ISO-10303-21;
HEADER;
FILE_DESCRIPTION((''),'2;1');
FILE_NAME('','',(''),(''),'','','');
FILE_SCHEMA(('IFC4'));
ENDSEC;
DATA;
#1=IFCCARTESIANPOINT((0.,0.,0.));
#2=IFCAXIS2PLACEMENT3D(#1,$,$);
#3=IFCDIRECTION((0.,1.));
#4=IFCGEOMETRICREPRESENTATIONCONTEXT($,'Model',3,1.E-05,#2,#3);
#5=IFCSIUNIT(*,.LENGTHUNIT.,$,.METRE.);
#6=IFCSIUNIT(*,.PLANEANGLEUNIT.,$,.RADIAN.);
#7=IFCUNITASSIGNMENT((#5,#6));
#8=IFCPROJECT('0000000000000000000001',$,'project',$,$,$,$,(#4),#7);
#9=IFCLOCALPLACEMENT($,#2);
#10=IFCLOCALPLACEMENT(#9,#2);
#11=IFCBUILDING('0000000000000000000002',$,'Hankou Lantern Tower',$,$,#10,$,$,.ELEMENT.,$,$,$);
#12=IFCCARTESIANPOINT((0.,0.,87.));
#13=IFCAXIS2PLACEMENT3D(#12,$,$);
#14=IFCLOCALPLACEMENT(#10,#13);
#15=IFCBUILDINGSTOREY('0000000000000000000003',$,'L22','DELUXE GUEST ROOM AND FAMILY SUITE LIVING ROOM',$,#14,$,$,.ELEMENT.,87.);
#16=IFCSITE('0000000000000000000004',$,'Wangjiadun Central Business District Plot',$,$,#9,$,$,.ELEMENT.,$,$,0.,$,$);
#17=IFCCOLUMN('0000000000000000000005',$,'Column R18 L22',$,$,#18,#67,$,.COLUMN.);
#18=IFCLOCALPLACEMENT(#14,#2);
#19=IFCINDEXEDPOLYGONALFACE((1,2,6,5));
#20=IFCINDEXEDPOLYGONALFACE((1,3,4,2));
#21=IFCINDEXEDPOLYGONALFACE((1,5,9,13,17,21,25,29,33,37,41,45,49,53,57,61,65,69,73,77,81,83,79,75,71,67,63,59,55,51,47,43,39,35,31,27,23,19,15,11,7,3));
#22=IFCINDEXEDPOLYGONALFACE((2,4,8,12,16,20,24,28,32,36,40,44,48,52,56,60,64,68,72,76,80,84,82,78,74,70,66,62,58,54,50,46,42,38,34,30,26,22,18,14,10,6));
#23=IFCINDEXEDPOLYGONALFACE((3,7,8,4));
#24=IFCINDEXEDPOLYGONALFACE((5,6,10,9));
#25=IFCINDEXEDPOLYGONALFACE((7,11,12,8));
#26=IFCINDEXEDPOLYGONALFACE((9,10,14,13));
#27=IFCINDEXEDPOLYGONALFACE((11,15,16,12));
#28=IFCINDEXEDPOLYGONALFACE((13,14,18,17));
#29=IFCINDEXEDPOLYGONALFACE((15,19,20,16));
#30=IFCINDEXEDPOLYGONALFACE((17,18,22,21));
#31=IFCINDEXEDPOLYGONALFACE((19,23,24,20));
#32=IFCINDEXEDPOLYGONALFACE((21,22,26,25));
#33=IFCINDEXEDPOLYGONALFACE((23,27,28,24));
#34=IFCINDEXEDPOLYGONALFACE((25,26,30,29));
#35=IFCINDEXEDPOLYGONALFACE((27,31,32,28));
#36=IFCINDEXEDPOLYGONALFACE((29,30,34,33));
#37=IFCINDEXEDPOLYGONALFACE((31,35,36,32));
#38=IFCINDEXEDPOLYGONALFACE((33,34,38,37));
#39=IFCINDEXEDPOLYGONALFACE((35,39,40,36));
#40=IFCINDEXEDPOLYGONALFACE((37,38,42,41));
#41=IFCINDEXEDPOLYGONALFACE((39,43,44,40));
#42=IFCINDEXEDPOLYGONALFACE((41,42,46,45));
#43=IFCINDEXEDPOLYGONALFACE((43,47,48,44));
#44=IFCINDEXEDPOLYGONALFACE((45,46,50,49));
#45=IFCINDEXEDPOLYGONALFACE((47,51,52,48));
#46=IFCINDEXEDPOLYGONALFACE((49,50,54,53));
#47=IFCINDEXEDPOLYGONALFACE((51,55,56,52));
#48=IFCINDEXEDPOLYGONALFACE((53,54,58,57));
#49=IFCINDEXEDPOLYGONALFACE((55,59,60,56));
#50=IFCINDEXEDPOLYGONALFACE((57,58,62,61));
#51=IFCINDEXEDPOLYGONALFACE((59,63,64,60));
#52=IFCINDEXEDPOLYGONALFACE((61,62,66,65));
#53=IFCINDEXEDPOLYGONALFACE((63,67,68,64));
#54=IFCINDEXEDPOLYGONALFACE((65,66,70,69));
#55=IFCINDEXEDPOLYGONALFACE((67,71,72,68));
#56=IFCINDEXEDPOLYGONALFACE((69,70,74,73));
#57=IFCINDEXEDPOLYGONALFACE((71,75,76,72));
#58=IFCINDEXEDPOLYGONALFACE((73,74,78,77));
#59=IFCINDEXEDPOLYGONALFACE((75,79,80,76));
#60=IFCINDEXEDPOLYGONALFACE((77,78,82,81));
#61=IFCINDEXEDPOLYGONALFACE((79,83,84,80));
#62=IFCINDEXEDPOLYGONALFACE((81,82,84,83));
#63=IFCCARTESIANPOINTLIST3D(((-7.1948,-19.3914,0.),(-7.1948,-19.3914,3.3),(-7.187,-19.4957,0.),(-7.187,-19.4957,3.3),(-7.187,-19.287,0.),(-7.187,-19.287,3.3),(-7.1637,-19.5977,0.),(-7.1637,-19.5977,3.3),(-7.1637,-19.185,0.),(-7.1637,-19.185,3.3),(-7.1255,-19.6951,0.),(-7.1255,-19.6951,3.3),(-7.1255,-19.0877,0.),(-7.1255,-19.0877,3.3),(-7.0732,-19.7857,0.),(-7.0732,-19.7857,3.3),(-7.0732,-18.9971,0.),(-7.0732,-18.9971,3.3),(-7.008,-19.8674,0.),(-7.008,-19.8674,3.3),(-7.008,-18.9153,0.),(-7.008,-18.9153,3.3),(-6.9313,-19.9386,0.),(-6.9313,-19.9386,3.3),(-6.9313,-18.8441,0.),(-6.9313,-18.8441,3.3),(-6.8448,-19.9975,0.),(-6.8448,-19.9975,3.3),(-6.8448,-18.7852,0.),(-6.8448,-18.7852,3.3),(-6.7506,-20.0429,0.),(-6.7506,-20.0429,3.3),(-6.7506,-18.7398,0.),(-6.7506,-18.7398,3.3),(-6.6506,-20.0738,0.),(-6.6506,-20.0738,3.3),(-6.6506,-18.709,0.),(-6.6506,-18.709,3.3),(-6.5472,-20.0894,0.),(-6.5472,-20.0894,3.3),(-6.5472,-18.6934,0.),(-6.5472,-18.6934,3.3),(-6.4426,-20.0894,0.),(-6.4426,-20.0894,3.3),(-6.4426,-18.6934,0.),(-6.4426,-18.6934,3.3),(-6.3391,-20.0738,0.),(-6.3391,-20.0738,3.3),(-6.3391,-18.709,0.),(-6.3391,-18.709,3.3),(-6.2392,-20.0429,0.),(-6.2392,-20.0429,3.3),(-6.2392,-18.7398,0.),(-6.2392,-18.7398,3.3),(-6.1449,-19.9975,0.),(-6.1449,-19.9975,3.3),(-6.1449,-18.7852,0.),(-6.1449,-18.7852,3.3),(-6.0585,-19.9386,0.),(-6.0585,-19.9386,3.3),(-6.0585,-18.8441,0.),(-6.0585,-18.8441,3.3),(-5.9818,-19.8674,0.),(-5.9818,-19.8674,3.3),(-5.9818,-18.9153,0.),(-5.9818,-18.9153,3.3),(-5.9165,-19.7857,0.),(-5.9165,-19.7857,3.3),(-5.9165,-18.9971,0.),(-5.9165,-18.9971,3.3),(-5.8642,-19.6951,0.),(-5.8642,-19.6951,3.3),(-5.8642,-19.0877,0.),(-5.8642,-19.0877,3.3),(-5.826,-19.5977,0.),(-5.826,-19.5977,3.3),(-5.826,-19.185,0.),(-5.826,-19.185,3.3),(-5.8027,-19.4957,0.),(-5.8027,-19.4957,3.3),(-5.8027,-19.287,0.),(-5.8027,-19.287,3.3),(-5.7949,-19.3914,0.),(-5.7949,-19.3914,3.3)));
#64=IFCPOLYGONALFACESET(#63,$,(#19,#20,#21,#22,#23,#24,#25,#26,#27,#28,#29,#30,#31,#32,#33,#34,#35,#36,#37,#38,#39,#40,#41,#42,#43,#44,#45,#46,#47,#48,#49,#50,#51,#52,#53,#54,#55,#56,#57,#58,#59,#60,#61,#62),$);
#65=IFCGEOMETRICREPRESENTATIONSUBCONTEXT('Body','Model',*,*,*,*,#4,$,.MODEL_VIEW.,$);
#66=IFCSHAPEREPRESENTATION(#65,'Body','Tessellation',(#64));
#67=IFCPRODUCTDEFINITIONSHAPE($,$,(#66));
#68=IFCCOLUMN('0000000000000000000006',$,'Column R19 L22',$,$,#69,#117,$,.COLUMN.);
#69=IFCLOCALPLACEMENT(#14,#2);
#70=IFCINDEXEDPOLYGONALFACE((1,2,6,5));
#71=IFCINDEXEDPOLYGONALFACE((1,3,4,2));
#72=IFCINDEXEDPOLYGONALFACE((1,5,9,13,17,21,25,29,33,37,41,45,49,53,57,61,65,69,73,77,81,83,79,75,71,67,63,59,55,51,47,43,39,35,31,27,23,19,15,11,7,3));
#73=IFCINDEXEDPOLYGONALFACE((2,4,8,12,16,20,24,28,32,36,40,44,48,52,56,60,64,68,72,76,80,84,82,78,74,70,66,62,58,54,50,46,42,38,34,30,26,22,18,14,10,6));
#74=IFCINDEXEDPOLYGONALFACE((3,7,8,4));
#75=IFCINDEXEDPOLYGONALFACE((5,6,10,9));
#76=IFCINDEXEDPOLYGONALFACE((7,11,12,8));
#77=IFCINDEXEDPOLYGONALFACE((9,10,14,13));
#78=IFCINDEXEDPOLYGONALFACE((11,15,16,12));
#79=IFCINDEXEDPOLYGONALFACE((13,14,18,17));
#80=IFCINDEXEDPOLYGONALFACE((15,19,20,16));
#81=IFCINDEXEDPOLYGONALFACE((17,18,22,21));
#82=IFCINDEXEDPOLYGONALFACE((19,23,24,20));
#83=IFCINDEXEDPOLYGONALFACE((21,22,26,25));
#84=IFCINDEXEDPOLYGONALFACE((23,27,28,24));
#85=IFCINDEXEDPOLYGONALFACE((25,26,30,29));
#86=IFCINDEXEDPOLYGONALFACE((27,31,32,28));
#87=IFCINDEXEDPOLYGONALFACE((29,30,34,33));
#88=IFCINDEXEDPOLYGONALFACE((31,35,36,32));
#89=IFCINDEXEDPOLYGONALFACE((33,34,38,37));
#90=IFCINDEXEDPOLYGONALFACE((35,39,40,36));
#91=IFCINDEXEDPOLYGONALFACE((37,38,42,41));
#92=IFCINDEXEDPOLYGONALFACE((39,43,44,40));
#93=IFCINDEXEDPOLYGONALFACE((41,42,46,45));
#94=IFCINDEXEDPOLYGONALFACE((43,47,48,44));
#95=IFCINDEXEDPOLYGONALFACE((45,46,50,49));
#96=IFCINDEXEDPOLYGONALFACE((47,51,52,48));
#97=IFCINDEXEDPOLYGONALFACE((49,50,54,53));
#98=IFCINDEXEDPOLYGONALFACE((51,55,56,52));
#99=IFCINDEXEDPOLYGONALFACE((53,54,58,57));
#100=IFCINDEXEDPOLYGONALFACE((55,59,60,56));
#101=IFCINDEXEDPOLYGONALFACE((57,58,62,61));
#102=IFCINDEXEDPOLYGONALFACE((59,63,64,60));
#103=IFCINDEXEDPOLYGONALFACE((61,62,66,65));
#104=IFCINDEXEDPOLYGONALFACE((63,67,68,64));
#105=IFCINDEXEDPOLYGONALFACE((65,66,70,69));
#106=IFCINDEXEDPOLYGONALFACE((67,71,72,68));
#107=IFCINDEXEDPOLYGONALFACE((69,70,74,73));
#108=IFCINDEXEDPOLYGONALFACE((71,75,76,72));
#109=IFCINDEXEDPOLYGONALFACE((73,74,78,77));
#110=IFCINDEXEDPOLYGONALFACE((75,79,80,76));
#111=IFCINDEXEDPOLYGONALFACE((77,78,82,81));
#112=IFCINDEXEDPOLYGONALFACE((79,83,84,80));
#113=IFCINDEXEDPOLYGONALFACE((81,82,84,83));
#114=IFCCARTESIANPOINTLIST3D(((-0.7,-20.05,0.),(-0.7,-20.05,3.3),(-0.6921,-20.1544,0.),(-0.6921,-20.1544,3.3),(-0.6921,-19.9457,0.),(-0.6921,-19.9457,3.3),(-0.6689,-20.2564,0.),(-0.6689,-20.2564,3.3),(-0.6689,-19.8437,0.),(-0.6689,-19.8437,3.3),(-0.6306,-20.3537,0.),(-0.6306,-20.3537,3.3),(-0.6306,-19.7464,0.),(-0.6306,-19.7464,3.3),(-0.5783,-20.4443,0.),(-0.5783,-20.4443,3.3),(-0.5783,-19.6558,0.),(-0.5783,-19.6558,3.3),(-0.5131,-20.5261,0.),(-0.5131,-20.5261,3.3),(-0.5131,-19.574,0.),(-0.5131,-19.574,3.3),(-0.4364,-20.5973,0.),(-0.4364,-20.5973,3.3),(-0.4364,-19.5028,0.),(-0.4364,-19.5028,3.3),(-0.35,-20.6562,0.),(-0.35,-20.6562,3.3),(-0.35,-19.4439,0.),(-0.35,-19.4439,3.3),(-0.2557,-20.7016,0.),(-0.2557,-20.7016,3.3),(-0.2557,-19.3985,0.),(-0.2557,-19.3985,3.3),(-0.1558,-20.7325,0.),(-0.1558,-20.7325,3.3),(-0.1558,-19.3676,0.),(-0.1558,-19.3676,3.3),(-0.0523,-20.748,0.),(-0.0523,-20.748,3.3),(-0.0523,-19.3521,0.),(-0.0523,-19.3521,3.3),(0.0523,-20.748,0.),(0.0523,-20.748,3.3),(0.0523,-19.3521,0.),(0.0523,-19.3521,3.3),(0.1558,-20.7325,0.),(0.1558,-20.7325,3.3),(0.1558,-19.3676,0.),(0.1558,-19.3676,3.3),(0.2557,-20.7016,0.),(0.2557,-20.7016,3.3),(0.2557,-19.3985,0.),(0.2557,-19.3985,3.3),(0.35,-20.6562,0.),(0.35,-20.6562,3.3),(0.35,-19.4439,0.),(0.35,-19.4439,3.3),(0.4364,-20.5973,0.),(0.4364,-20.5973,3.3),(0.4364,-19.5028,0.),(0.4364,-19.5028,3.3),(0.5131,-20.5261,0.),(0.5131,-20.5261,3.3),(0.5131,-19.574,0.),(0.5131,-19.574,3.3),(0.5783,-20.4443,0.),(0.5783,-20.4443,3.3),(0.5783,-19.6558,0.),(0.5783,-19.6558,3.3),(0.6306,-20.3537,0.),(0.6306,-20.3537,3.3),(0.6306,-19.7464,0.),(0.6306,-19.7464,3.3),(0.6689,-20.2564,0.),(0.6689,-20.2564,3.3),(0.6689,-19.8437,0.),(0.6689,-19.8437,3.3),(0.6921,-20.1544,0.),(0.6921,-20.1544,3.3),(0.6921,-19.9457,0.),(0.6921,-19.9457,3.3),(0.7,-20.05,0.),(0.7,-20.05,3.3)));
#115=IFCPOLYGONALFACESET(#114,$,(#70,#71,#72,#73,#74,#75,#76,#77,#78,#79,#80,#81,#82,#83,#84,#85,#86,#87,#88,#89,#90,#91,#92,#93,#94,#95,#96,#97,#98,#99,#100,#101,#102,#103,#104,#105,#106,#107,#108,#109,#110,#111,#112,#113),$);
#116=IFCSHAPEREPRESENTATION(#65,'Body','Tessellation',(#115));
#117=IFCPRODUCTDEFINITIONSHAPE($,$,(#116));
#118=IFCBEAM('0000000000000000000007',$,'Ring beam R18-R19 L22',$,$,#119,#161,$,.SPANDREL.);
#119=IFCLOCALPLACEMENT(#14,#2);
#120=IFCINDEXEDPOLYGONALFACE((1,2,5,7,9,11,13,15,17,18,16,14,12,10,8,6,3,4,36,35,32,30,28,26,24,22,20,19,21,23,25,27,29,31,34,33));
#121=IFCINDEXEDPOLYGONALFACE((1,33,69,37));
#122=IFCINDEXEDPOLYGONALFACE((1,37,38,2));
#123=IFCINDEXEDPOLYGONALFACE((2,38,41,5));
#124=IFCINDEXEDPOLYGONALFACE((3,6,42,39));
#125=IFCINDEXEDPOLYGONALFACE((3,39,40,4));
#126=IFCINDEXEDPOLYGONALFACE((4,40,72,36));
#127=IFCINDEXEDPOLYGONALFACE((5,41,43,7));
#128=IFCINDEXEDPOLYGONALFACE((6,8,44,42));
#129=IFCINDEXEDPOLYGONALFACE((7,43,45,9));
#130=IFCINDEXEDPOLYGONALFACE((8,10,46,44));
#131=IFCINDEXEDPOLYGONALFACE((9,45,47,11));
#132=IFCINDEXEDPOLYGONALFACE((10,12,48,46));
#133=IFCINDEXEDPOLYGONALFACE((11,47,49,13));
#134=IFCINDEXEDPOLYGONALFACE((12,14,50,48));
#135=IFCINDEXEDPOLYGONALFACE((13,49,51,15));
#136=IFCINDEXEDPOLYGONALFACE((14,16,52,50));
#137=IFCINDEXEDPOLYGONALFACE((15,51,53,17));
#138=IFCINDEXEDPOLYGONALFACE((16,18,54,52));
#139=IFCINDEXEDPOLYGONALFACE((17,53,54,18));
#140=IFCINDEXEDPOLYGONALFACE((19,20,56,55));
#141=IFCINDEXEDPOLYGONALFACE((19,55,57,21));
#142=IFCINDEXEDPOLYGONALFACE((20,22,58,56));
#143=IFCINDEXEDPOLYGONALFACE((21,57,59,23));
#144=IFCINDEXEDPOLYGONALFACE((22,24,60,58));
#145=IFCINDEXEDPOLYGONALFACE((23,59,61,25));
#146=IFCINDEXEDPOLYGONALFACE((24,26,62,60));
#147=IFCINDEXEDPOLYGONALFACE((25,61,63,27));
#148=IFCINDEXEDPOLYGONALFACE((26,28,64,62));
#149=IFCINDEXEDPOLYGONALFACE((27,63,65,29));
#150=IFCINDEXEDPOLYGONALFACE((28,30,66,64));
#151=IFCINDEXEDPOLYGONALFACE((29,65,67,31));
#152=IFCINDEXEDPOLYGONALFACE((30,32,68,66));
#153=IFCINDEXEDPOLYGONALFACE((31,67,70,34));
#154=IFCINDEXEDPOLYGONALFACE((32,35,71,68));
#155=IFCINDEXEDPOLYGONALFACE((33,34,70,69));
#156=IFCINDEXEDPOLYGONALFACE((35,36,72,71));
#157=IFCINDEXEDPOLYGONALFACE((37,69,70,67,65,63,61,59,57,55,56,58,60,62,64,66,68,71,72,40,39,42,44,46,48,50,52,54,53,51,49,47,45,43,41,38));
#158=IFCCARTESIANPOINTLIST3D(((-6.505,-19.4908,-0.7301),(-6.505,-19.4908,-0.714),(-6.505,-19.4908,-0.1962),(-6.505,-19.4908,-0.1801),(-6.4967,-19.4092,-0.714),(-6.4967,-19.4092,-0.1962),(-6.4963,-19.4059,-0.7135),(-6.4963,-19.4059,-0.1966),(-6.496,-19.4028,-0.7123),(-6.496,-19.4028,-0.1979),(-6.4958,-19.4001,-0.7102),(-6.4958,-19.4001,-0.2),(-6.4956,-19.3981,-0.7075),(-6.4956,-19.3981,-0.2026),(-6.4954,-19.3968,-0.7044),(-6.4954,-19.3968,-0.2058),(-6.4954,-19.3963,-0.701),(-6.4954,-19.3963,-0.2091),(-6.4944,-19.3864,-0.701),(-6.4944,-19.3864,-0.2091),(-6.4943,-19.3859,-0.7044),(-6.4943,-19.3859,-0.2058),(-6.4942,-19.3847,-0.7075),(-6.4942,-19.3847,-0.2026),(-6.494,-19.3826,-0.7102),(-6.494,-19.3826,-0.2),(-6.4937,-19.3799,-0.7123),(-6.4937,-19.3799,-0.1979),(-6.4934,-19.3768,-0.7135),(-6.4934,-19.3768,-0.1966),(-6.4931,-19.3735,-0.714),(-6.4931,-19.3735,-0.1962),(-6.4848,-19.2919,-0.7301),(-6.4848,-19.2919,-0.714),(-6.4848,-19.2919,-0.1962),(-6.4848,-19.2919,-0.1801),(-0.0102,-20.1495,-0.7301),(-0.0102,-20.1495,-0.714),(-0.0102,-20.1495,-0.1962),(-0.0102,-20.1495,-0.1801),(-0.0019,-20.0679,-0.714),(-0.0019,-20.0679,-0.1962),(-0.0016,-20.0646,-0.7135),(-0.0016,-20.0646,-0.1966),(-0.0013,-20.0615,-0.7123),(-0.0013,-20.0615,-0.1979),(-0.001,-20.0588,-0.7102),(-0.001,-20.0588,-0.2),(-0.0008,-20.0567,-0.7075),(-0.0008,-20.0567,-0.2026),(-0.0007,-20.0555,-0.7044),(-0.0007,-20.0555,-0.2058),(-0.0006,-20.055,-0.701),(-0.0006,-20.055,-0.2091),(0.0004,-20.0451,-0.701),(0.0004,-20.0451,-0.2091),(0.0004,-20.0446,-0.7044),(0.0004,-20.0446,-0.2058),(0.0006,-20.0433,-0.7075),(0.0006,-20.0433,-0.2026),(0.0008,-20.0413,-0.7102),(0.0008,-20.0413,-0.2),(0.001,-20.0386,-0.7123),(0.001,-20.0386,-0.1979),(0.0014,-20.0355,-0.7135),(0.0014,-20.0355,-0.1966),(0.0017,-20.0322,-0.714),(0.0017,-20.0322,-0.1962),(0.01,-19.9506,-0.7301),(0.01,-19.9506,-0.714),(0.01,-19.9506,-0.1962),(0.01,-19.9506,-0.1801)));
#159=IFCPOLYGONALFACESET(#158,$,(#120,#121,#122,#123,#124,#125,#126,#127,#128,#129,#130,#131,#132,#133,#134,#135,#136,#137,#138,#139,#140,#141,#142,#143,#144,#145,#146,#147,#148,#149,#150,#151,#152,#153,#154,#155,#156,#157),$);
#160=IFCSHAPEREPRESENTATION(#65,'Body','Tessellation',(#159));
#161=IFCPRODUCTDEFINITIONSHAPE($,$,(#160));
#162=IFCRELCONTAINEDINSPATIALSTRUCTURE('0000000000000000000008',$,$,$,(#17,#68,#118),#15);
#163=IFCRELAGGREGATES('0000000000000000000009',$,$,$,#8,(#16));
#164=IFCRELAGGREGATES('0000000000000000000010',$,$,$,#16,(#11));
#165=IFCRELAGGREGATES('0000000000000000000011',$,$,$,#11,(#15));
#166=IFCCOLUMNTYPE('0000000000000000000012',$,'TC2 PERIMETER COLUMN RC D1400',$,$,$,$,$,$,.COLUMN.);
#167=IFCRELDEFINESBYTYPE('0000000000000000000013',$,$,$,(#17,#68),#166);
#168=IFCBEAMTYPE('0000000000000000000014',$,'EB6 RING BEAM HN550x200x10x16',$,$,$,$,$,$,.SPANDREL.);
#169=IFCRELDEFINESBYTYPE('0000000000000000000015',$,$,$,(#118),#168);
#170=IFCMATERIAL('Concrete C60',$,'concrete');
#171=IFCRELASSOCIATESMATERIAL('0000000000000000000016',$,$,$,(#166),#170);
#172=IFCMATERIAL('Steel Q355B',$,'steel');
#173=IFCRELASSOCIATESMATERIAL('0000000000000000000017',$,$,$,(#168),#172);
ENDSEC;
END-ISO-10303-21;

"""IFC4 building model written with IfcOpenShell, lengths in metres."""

from ifc_helpers import new_model, si_unit, direction, frame, origin, origin_2d, place, context, subcontext, project, spatial, circle, i_section, extrude, material, material_profile, profile_set, type_object, element, save


model = new_model("IFC4")

# Units and contexts
model_context = context("Model", 3, precision=1e-05, world=origin(), true_north=direction((0.0, 1.0)))
body_context = subcontext(model_context, "Body", "Model", "MODEL_VIEW")
ifc_project = project(units=[si_unit("LENGTHUNIT", "METRE"), si_unit("PLANEANGLEUNIT", "RADIAN")], contexts=[model_context])

# Site, building, storey
site_placement = place(None, origin())
site = spatial("IfcSite", under=ifc_project, at=site_placement, Name="Wangjiadun Central Business District Plot", CompositionType="ELEMENT", RefElevation=0.0)
building_placement = place(site_placement, origin())
building = spatial("IfcBuilding", under=site, at=building_placement, Name="Hankou Lantern Tower", CompositionType="ELEMENT")
storey_placement = place(building_placement, frame((0.0, 0.0, 87.0)))
storey = spatial("IfcBuildingStorey", under=building, at=storey_placement, Name="L22", Description="DELUXE GUEST ROOM AND FAMILY SUITE LIVING ROOM", CompositionType="ELEMENT", Elevation=87.0)

# Columns
ifc_material_1 = material(Name="Concrete C60", Category="concrete")
ifc_material_profile_1 = material_profile(ifc_material_1, circle(Radius=0.7, at=origin_2d()), Name="RC D1400")
ifc_profile_set_1 = profile_set([ifc_material_profile_1], Name="Concrete C60")
column_type = type_object("IfcColumnType", Name="TC2 PERIMETER COLUMN RC D1400", PredefinedType="COLUMN", material=ifc_profile_set_1)
for number, where, z_axis, x_axis, name in (
    (1, (-6.4949, -19.3914, 0.0), (0.0, 0.0, 1.0), (1.0, 0.0, 0.0), "Column R18 L22"),
    (2, (0.0, -20.05, 0.0), (0.0, 0.0, 1.0), (1.0, 0.0, 0.0), "Column R19 L22"),
):
    element("IfcColumn", number, at=place(storey_placement, frame(where, z_axis=z_axis, x_axis=x_axis)), inside=storey, type_object=column_type, Name=name, PredefinedType="COLUMN", context=body_context, shape_type="SweptSolid", body=[
        extrude(circle(Radius=0.7, at=origin_2d()), origin(), (0.0, 0.0, 1.0), 3.3),
    ])

# Beam
ifc_material_2 = material(Name="Steel Q355B", Category="steel")
ifc_material_profile_2 = material_profile(ifc_material_2, i_section(OverallWidth=0.2, OverallDepth=0.55, WebThickness=0.01, FlangeThickness=0.0161, FilletRadius=0.0129, at=origin_2d()), Name="HN550x200x10x16")
ifc_profile_set_2 = profile_set([ifc_material_profile_2], Name="Steel Q355B")
beam_type_1 = type_object("IfcBeamType", Name="EB6 RING BEAM HN550x200x10x16", PredefinedType="SPANDREL", material=ifc_profile_set_2)
beam_1_placement = place(storey_placement, frame((-6.4949, -19.3914, -0.4551), z_axis=(0.994897, -0.1009, 0.0), x_axis=(0.1009, 0.994897, 0.0)))
element("IfcBeam", 3, at=beam_1_placement, inside=storey, type_object=beam_type_1, Name="Ring beam R18-R19 L22", PredefinedType="SPANDREL", context=body_context, shape_type="SweptSolid", body=[
    extrude(i_section(OverallWidth=0.2, OverallDepth=0.55, WebThickness=0.01, FlangeThickness=0.0161, FilletRadius=0.0129, at=origin_2d()), origin(), (0.0, 0.0, 1.0), 6.5281),
])

save(model, "model.ifc")
